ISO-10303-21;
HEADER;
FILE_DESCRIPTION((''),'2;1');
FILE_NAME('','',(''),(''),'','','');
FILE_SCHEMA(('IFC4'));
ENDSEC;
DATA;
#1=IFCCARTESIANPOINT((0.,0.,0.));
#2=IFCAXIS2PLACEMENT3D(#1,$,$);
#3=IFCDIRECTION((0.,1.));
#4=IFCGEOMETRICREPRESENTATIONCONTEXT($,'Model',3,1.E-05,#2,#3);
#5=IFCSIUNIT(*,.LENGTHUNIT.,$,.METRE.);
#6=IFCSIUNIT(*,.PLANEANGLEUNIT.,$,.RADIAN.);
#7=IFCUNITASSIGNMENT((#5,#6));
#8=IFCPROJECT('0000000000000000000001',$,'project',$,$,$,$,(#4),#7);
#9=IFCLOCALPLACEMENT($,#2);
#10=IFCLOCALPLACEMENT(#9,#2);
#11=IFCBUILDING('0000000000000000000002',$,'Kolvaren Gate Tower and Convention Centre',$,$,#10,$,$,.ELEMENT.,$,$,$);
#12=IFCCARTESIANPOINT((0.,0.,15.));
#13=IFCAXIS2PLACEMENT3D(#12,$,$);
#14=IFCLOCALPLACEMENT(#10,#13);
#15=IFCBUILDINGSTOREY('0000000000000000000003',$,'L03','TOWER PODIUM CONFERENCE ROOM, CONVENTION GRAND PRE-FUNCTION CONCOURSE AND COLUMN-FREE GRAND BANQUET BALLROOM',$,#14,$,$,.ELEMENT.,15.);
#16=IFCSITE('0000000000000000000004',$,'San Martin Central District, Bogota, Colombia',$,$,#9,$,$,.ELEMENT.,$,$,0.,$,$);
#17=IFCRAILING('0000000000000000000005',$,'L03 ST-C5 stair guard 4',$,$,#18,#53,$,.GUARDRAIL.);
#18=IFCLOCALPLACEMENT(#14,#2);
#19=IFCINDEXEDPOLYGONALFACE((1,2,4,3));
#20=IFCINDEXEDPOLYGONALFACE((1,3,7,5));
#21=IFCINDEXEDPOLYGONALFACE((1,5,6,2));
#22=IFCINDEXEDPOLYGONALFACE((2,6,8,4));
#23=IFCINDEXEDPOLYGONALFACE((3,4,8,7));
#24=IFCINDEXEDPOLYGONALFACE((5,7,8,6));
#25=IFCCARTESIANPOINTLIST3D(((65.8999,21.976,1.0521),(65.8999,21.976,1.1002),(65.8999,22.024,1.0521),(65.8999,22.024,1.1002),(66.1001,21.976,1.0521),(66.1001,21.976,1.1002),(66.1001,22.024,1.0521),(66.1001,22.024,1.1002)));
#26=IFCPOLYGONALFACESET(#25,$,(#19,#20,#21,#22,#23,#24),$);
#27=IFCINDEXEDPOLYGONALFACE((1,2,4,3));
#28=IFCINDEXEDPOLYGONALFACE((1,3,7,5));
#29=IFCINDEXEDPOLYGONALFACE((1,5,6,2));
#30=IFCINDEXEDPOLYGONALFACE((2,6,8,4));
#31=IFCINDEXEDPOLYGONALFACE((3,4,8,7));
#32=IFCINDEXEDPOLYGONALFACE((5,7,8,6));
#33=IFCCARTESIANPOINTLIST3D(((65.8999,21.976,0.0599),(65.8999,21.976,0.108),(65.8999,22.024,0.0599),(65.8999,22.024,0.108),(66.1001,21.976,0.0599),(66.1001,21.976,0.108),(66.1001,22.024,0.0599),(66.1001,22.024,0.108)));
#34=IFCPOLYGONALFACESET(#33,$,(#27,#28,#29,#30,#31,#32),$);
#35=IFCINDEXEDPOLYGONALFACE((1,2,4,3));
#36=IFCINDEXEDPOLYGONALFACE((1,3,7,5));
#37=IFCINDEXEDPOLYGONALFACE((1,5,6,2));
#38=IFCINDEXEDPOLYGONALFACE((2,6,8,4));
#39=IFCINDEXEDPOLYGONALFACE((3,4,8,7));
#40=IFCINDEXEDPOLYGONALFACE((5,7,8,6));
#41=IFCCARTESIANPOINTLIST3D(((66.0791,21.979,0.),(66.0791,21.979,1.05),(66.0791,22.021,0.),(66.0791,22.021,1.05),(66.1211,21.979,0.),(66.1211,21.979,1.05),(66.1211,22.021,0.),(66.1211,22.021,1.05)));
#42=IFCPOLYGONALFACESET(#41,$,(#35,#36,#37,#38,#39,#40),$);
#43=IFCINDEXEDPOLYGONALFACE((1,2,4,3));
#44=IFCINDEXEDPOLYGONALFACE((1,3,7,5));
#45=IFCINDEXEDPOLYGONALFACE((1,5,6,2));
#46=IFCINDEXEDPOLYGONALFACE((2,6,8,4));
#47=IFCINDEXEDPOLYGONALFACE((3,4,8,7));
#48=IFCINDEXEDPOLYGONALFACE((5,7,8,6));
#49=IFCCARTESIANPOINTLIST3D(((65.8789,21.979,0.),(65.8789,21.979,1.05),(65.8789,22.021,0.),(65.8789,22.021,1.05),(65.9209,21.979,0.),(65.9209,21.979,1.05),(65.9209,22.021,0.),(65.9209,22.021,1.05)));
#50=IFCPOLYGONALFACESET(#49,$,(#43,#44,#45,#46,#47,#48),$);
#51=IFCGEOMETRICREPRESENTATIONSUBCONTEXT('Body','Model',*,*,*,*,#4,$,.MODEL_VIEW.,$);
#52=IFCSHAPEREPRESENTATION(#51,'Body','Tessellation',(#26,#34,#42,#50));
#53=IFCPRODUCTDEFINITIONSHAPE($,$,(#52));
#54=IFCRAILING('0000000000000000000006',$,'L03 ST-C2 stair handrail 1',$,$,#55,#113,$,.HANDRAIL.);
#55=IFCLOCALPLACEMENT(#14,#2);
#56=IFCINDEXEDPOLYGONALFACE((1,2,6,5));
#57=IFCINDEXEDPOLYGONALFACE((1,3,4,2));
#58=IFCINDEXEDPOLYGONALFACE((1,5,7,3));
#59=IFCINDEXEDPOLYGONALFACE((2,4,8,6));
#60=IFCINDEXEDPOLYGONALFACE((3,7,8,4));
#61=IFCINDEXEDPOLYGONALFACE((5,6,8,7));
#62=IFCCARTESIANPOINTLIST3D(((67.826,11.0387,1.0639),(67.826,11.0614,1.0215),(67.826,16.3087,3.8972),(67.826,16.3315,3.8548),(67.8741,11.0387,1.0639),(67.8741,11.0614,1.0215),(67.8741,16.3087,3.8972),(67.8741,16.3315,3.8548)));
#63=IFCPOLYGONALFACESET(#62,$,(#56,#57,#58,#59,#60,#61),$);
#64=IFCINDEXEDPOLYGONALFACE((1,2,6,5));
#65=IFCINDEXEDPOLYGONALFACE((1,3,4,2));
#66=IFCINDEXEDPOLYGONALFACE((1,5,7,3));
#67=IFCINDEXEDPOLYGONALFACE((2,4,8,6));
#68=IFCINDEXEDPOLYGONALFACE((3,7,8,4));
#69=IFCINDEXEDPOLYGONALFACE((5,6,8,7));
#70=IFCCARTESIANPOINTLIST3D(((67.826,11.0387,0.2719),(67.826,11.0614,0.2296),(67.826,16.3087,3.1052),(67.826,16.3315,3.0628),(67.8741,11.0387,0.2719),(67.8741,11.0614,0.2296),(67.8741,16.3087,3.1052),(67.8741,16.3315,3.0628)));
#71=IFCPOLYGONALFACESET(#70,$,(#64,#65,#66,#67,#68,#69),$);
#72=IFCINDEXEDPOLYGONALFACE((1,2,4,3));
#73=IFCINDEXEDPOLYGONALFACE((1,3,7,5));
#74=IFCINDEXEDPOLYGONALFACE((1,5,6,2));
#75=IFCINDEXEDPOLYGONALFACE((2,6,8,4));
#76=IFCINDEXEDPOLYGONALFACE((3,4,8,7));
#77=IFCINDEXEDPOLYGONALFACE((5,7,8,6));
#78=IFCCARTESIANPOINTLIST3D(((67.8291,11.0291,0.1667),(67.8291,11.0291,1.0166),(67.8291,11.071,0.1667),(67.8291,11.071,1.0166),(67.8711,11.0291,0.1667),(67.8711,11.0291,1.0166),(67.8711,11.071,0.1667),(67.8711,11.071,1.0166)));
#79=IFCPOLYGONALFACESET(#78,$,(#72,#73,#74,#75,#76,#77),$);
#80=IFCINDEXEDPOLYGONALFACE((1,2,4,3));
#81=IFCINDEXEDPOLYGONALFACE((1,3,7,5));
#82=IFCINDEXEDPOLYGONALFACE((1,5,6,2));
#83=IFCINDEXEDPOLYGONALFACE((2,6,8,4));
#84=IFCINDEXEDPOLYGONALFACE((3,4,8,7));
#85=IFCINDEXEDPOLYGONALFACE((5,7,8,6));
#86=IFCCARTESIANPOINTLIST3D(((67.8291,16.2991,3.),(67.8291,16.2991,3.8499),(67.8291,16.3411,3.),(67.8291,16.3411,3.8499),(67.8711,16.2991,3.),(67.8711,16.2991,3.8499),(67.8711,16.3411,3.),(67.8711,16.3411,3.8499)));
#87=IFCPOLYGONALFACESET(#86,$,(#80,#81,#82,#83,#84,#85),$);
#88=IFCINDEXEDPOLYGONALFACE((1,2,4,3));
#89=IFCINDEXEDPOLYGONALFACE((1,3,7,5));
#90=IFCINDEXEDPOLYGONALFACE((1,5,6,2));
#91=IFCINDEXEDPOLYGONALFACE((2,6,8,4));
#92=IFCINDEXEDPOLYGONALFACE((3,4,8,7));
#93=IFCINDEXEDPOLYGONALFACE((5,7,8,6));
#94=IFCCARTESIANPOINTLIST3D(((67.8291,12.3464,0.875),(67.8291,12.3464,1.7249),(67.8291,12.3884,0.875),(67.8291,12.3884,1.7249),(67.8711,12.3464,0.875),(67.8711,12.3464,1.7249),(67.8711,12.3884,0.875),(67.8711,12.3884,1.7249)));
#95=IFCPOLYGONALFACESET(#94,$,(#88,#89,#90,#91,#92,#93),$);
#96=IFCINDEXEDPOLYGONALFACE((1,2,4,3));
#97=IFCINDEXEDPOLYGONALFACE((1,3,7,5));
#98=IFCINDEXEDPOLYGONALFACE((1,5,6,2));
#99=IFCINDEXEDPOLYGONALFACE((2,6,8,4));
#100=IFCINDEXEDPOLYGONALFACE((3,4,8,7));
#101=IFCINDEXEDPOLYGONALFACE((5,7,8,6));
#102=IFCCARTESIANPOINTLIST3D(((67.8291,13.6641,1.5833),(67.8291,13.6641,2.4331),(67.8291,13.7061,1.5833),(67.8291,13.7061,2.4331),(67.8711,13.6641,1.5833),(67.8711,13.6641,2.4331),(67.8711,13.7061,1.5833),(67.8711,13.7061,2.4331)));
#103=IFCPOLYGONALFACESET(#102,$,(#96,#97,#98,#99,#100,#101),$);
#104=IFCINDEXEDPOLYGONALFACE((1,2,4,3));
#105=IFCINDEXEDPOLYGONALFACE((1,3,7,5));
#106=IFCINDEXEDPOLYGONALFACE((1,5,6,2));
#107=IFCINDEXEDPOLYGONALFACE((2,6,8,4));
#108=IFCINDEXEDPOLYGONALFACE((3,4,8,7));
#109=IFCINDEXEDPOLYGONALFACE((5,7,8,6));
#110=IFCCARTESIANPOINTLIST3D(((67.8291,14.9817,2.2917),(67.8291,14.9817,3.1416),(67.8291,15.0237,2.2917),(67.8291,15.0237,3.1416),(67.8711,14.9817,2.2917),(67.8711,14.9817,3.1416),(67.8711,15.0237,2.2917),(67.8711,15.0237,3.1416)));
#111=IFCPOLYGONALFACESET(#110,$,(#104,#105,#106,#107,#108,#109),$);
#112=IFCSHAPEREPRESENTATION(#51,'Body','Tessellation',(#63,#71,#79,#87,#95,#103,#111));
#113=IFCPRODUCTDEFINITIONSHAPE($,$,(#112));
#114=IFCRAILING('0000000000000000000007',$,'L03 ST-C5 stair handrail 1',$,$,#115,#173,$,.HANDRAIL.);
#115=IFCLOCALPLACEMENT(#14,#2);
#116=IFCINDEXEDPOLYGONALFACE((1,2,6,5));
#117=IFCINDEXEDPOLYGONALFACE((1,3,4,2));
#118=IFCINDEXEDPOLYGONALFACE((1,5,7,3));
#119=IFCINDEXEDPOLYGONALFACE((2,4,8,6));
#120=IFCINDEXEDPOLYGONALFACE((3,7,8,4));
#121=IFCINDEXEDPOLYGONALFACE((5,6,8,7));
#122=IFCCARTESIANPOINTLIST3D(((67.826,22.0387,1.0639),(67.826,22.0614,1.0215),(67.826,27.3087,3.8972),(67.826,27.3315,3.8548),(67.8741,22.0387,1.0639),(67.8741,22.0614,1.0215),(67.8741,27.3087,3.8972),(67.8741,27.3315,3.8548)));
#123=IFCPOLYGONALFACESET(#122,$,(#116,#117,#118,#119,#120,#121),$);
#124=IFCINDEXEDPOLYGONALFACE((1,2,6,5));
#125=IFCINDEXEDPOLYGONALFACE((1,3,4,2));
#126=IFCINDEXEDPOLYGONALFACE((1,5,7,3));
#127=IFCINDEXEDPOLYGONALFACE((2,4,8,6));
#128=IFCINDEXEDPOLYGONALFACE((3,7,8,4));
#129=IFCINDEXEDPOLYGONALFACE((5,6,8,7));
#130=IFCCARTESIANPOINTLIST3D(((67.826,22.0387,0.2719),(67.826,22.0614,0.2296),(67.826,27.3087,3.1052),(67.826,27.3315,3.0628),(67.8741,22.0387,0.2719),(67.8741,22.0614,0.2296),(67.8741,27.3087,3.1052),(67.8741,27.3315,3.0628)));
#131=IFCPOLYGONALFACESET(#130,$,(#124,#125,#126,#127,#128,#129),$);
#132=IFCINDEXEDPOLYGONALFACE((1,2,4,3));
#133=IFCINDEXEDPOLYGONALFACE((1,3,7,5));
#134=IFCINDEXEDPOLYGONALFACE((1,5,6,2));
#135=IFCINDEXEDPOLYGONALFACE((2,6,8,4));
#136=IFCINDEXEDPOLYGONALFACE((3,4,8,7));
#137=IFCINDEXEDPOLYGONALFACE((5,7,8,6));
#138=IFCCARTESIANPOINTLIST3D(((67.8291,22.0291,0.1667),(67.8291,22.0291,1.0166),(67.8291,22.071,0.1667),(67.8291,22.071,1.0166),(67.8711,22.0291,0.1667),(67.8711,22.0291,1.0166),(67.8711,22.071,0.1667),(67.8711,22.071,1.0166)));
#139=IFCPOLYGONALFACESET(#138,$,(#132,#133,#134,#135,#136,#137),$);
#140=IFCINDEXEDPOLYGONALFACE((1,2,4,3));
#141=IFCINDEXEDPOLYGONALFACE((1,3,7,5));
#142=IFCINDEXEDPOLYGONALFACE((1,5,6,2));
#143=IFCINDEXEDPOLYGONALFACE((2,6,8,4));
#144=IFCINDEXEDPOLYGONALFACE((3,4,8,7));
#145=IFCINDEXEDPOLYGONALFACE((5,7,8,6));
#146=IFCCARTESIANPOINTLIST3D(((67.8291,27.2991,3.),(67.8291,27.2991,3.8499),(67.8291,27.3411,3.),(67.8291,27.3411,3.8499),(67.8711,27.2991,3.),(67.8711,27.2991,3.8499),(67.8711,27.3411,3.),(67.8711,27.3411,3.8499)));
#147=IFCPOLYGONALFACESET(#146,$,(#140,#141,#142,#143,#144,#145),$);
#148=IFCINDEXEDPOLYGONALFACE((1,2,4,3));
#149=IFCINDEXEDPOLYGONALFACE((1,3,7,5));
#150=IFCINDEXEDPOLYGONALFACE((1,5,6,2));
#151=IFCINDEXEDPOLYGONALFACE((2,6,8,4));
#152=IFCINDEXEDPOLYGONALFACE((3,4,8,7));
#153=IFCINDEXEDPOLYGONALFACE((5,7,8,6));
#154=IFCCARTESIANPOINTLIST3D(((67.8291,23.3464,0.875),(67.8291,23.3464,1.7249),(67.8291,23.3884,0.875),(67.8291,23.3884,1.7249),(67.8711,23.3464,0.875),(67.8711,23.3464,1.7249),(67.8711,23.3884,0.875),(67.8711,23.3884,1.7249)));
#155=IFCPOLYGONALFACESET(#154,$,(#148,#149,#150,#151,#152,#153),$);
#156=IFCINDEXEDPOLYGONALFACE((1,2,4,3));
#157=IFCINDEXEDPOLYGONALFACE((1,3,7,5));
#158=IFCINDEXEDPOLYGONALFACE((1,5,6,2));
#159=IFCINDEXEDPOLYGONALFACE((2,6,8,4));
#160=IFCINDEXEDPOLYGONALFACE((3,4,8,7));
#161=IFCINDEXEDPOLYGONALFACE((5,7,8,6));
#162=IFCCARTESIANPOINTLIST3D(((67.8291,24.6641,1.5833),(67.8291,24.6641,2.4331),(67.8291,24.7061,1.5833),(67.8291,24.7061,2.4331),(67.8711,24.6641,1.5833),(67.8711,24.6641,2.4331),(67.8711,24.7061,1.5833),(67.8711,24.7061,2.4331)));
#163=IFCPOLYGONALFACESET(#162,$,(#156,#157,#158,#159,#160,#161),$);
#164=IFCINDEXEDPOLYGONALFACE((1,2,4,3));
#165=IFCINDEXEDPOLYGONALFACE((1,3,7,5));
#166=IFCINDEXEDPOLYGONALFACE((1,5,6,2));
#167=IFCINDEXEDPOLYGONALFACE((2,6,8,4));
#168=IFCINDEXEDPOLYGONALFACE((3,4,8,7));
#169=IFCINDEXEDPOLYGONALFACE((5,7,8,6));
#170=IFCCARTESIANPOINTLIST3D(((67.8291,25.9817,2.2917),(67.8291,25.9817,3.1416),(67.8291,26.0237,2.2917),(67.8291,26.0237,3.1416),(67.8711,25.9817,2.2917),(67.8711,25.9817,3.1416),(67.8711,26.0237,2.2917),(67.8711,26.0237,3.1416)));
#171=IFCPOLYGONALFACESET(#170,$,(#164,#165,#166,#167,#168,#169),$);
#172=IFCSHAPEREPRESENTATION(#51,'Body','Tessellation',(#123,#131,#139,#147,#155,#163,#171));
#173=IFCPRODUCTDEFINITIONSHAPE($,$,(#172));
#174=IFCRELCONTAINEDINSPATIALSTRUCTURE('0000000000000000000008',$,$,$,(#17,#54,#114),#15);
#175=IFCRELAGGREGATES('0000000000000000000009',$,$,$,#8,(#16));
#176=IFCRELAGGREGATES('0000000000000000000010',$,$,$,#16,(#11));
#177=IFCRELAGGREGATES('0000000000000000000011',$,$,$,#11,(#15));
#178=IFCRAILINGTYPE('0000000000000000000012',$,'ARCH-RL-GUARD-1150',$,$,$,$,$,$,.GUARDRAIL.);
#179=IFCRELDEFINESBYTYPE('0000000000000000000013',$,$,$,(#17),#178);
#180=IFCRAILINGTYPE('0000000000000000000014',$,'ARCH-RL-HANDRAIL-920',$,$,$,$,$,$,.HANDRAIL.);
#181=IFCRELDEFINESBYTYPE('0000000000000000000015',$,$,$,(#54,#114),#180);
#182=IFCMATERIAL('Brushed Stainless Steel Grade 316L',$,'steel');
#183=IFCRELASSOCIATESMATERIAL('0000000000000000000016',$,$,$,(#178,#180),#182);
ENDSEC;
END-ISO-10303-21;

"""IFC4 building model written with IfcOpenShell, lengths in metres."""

from ifc_helpers import new_model, si_unit, direction, frame, origin, origin_2d, place, context, subcontext, project, spatial, rectangle, extrude, material, type_object, element, save


model = new_model("IFC4")

# Units and contexts
model_context = context("Model", 3, precision=1e-05, world=origin(), true_north=direction((0.0, 1.0)))
body_context = subcontext(model_context, "Body", "Model", "MODEL_VIEW")
ifc_project = project(units=[si_unit("LENGTHUNIT", "METRE"), si_unit("PLANEANGLEUNIT", "RADIAN")], contexts=[model_context])

# Site, building, storey
site_placement = place(None, origin())
site = spatial("IfcSite", under=ifc_project, at=site_placement, Name="San Martin Central District, Bogota, Colombia", CompositionType="ELEMENT", RefElevation=0.0)
building_placement = place(site_placement, origin())
building = spatial("IfcBuilding", under=site, at=building_placement, Name="Kolvaren Gate Tower and Convention Centre", CompositionType="ELEMENT")
storey_placement = place(building_placement, frame((0.0, 0.0, 15.0)))
storey = spatial("IfcBuildingStorey", under=building, at=storey_placement, Name="L03", Description="TOWER PODIUM CONFERENCE ROOM, CONVENTION GRAND PRE-FUNCTION CONCOURSE AND COLUMN-FREE GRAND BANQUET BALLROOM", CompositionType="ELEMENT", Elevation=15.0)

# Railings
ifc_material_1 = material(Name="Brushed Stainless Steel Grade 316L", Category="steel")
railing_type_1 = type_object("IfcRailingType", Name="ARCH-RL-GUARD-1150", PredefinedType="GUARDRAIL", material=ifc_material_1)
railing_1_placement = place(storey_placement, frame((66.1001, 22.0, 0.0)))
element("IfcRailing", 1, at=railing_1_placement, inside=storey, type_object=railing_type_1, Name="L03 ST-C5 stair guard 4", PredefinedType="GUARDRAIL", context=body_context, shape_type="SweptSolid", body=[
    extrude(rectangle(XDim=0.0481, YDim=0.0481, at=origin_2d()), frame((0.0, 0.0, 1.0762), z_axis=(-1.0, 0.0, 0.0), x_axis=(0.0, -1.0, 0.0)), (0.0, 0.0, 1.0), 0.2002),
    extrude(rectangle(XDim=0.0481, YDim=0.0481, at=origin_2d()), frame((0.0, 0.0, 0.084), z_axis=(-1.0, 0.0, 0.0), x_axis=(0.0, -1.0, 0.0)), (0.0, 0.0, 1.0), 0.2002),
    extrude(rectangle(XDim=0.042, YDim=0.042, at=origin_2d()), origin(), (0.0, 0.0, 1.0), 1.05),
    extrude(rectangle(XDim=0.042, YDim=0.042, at=origin_2d()), frame((-0.2002, 0.0, 0.0)), (0.0, 0.0, 1.0), 1.05),
])
railing_type_2 = type_object("IfcRailingType", Name="ARCH-RL-HANDRAIL-920", PredefinedType="HANDRAIL", material=ifc_material_1)
for number, where, name in (
    (2, (67.8501, 11.05, 0.1667), "L03 ST-C2 stair handrail 1"),
    (3, (67.8501, 22.05, 0.1667), "L03 ST-C5 stair handrail 1"),
):
    element("IfcRailing", number, at=place(storey_placement, frame(where)), inside=storey, type_object=railing_type_2, Name=name, PredefinedType="HANDRAIL", context=body_context, shape_type="SweptSolid", body=[
        extrude(rectangle(XDim=0.0481, YDim=0.0481, at=origin_2d()), frame((0.0, 0.0, 0.876), z_axis=(0.0, 0.880781, 0.473523), x_axis=(-1.0, 0.0, 0.0)), (0.0, 0.0, 1.0), 5.9834),
        extrude(rectangle(XDim=0.0481, YDim=0.0481, at=origin_2d()), frame((0.0, 0.0, 0.084), z_axis=(0.0, 0.880781, 0.473523), x_axis=(-1.0, 0.0, 0.0)), (0.0, 0.0, 1.0), 5.9834),
        extrude(rectangle(XDim=0.042, YDim=0.042, at=origin_2d()), origin(), (0.0, 0.0, 1.0), 0.8499),
        extrude(rectangle(XDim=0.042, YDim=0.042, at=origin_2d()), frame((0.0, 5.27, 2.8333)), (0.0, 0.0, 1.0), 0.8499),
        extrude(rectangle(XDim=0.042, YDim=0.042, at=origin_2d()), frame((0.0, 1.3174, 0.7083)), (0.0, 0.0, 1.0), 0.8499),
        extrude(rectangle(XDim=0.042, YDim=0.042, at=origin_2d()), frame((0.0, 2.635, 1.4165)), (0.0, 0.0, 1.0), 0.8499),
        extrude(rectangle(XDim=0.042, YDim=0.042, at=origin_2d()), frame((0.0, 3.9526, 2.125)), (0.0, 0.0, 1.0), 0.8499),
    ])

save(model, "model.ifc")
